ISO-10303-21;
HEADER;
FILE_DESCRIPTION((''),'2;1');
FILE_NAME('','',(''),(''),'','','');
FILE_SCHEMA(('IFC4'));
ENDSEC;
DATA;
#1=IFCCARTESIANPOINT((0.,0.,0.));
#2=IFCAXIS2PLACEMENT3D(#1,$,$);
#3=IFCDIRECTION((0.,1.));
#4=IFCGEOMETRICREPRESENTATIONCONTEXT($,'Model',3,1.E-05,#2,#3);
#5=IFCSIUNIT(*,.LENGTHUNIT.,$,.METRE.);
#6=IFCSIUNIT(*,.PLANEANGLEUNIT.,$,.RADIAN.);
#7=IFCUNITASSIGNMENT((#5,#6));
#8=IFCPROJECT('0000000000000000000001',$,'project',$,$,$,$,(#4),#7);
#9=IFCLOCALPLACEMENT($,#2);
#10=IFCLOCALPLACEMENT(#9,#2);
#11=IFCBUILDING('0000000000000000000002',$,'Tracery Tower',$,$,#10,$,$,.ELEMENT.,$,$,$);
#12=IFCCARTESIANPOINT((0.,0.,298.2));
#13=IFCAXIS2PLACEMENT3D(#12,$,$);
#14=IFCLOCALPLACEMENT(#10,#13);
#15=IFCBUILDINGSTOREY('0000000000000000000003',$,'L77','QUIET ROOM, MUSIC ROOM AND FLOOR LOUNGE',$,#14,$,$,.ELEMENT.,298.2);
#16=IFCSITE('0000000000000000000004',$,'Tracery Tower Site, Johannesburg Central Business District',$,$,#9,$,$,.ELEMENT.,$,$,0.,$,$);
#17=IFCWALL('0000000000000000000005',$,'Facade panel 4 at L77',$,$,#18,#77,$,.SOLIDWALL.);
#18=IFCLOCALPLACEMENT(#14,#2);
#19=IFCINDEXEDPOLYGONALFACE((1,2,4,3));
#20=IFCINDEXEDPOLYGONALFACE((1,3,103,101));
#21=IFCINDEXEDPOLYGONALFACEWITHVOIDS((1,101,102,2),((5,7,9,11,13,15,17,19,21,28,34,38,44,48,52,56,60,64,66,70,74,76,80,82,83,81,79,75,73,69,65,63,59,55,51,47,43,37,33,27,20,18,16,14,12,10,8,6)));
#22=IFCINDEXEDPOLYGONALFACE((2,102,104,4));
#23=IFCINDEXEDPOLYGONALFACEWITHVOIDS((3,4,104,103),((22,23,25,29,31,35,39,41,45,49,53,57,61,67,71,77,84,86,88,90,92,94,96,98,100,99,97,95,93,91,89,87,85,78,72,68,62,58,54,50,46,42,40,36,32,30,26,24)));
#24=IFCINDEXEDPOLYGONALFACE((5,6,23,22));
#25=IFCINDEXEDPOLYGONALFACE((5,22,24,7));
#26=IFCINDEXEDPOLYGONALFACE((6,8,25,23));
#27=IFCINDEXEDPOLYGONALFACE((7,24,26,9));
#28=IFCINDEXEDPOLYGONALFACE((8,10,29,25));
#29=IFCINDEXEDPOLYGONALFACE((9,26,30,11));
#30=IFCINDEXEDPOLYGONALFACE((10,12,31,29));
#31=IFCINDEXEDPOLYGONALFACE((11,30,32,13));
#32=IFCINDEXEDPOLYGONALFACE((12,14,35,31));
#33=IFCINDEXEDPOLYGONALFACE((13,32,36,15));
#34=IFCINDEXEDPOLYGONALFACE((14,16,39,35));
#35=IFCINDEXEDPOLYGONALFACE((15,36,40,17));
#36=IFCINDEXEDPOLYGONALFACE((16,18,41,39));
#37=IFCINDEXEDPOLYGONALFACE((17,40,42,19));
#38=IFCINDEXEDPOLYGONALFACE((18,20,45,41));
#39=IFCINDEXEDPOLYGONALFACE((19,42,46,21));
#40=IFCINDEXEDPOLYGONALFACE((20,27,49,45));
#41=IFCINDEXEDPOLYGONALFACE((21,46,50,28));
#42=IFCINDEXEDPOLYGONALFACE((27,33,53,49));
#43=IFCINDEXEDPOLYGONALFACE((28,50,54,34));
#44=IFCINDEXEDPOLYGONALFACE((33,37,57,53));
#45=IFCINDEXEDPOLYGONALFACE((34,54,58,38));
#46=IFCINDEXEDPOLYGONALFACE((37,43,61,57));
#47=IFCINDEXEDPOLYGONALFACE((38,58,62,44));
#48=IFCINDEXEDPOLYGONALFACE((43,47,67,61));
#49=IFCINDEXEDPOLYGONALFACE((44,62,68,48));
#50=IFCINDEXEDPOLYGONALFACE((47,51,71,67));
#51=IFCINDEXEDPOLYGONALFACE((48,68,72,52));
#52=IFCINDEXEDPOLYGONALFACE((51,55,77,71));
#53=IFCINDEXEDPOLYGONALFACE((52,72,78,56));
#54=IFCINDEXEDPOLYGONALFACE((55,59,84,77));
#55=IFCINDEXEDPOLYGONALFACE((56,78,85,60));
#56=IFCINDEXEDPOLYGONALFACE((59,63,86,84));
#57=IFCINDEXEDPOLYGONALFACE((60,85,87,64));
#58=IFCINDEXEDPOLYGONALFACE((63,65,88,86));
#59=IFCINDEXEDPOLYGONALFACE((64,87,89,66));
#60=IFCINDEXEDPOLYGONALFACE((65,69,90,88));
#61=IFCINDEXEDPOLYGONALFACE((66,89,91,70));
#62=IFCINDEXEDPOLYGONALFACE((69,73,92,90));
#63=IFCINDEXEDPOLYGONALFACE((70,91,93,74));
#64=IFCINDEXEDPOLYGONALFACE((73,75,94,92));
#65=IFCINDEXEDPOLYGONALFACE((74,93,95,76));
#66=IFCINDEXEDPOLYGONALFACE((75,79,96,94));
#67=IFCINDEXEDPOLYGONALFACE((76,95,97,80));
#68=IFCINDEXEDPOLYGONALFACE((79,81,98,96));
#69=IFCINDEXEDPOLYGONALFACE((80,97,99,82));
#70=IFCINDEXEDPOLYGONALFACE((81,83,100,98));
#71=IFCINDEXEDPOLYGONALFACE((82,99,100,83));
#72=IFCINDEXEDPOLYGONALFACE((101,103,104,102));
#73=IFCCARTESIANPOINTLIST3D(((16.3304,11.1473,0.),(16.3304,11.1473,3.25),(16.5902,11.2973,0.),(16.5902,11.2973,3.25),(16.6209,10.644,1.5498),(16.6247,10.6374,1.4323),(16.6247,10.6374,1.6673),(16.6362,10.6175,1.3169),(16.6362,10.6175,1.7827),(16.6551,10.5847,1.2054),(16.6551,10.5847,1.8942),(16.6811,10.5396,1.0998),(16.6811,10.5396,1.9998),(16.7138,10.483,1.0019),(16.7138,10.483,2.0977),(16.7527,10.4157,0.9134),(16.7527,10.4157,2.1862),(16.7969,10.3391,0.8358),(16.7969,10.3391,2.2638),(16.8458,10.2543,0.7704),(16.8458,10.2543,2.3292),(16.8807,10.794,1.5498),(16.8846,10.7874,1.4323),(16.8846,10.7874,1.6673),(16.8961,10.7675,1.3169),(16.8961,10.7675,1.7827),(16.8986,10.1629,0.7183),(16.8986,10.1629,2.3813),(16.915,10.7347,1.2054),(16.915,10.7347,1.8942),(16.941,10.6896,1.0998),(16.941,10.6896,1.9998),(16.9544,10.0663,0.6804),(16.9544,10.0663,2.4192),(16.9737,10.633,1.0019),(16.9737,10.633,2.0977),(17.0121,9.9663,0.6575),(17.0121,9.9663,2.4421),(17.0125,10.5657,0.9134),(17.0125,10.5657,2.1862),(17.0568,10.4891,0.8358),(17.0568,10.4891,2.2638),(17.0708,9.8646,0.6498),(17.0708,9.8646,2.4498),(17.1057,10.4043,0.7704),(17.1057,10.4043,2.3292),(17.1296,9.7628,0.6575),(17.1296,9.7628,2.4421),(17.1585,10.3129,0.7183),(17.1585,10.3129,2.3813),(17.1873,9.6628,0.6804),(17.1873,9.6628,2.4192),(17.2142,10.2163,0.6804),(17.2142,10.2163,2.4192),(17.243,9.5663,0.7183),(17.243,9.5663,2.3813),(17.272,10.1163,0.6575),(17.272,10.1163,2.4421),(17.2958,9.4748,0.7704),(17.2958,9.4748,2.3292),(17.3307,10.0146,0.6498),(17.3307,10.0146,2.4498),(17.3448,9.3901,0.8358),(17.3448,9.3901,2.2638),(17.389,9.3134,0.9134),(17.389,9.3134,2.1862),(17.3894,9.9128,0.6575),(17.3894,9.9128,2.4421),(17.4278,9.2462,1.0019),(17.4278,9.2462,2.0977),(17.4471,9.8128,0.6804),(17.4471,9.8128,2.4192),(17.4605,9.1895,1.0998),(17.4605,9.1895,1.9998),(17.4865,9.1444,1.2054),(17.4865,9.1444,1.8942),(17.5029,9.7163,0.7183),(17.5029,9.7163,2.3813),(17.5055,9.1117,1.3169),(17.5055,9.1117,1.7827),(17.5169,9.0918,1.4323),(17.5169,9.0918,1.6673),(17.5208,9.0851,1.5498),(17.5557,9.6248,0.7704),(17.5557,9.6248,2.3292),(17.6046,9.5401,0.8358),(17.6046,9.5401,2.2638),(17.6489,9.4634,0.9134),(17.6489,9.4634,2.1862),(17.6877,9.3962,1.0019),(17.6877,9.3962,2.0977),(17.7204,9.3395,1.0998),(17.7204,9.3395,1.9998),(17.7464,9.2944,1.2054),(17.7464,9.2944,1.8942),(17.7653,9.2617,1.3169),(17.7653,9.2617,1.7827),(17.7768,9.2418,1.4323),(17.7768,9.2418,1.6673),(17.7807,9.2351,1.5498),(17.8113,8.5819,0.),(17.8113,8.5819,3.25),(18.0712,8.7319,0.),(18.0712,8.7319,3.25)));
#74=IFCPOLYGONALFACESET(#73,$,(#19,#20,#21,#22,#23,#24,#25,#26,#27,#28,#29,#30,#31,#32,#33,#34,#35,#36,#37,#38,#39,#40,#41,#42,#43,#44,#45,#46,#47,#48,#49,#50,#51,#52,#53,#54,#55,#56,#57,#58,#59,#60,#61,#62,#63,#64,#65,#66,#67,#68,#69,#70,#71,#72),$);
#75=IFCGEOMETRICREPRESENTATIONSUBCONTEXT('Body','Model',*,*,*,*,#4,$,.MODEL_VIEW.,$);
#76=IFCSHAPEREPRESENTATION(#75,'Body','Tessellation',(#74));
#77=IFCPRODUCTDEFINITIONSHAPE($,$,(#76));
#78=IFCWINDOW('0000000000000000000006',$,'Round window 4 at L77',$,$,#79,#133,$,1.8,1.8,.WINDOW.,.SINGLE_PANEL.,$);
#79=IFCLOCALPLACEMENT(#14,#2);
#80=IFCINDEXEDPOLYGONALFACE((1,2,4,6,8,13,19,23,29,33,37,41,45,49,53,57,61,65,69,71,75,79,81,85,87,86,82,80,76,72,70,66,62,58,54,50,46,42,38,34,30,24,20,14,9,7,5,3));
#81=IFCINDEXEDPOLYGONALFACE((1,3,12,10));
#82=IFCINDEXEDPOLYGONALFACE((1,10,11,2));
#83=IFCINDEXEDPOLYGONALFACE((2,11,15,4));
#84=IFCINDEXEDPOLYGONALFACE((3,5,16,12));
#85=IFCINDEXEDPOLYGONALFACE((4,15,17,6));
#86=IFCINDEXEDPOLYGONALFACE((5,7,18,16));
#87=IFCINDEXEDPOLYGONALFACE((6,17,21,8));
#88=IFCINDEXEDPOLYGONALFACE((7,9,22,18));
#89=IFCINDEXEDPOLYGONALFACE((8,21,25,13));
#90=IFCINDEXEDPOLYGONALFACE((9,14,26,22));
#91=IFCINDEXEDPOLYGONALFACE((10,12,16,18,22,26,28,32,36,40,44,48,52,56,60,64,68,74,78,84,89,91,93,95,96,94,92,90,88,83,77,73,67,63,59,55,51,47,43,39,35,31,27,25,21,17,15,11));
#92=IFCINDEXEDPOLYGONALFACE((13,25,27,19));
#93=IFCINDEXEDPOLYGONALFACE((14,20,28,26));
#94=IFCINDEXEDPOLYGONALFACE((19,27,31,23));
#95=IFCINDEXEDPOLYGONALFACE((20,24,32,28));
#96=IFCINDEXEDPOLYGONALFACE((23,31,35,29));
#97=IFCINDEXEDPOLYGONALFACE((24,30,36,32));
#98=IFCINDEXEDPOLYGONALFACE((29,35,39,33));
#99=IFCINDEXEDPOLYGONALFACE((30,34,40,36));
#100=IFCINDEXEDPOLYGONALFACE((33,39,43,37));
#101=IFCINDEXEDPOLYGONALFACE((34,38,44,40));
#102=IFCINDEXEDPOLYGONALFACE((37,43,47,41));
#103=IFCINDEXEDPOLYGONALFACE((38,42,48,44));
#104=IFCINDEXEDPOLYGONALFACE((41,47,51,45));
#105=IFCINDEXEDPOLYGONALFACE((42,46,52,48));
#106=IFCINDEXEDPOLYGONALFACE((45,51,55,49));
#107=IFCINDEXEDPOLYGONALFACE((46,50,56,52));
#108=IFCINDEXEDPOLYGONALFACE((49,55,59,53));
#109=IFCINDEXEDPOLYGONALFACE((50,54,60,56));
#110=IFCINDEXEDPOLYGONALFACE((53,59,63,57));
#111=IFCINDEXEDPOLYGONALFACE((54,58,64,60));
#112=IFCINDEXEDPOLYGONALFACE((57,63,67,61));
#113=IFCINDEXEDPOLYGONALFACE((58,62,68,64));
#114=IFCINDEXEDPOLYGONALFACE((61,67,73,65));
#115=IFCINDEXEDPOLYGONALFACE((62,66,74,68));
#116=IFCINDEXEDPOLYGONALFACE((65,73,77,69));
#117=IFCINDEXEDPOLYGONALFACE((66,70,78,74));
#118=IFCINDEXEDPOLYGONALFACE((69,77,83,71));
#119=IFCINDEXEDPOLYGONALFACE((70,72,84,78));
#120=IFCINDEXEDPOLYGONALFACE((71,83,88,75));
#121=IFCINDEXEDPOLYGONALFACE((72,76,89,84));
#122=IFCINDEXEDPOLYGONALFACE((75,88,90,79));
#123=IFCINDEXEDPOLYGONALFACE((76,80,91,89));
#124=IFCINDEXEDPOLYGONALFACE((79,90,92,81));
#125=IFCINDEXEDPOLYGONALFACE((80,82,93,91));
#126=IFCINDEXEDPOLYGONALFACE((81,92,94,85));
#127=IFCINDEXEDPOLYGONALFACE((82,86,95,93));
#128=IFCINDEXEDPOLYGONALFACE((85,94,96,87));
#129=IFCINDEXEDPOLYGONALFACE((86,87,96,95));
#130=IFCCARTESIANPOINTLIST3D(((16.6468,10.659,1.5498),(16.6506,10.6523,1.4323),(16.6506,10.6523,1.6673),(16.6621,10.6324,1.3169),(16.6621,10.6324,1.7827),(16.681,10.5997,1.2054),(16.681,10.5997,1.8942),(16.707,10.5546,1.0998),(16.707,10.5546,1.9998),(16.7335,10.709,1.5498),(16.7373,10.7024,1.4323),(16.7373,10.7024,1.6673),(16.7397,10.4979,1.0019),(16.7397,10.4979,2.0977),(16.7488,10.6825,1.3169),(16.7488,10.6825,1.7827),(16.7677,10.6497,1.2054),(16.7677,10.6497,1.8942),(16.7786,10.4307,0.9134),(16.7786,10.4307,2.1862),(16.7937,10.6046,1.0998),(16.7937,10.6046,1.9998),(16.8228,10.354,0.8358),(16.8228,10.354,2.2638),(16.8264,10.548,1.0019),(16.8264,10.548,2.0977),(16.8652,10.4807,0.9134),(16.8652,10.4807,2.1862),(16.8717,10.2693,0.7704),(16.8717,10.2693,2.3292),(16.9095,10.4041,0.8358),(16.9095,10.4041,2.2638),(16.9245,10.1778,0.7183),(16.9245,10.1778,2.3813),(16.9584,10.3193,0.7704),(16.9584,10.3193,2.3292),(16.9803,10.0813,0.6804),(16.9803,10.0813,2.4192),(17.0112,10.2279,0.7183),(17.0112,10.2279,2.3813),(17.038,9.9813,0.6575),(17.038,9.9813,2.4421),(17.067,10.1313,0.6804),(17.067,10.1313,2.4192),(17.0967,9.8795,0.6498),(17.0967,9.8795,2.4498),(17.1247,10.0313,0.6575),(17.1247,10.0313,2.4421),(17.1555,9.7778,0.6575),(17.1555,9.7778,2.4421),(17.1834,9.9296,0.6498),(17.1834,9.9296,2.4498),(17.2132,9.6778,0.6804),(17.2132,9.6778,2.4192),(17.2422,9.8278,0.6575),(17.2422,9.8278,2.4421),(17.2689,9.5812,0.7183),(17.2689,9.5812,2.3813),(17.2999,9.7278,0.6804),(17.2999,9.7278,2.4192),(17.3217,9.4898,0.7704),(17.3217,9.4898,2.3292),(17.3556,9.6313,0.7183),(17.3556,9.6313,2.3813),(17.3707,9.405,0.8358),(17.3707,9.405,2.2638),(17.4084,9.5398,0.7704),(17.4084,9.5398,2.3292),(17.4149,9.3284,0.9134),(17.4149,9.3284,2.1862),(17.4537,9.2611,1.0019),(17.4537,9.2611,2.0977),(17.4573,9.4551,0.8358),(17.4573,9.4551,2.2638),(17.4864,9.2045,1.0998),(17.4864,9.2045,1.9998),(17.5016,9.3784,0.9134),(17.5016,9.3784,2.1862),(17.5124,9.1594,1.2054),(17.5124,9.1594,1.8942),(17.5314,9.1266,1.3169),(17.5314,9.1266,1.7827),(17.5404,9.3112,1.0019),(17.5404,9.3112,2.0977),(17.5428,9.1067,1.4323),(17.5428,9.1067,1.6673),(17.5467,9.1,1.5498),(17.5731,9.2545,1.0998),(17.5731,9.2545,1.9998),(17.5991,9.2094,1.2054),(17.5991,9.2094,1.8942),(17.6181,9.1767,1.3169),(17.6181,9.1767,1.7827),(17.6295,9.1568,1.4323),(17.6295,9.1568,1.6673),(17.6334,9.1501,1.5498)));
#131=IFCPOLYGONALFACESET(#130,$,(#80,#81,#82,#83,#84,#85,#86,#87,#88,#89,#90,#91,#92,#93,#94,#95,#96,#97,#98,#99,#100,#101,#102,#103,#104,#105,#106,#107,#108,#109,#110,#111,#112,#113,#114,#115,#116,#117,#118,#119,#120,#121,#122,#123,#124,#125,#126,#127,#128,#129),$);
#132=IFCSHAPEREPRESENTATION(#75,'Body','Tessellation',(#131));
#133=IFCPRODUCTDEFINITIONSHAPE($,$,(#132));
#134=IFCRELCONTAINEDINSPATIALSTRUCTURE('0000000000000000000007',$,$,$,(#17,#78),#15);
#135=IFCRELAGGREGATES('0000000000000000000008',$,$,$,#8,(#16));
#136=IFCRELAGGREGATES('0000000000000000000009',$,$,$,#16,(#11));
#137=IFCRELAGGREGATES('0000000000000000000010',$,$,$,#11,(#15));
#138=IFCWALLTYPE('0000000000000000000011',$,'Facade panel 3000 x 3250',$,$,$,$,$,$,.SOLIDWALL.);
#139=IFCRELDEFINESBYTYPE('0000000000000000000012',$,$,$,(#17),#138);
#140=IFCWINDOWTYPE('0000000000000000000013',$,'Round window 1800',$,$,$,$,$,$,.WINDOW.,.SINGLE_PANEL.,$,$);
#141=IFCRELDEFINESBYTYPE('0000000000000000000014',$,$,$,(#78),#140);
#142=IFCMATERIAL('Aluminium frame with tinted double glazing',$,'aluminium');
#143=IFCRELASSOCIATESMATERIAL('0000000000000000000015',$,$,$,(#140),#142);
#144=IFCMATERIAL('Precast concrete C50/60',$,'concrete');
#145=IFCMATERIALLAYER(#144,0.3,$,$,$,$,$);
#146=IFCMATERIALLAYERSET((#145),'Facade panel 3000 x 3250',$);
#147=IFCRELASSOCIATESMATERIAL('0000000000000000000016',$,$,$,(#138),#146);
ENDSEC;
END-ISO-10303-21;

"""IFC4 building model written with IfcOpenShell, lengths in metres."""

from ifc_helpers import new_model, si_unit, direction, frame, frame_2d, origin, origin_2d, place, context, subcontext, project, spatial, rectangle, circle, extrude, material, layer, layer_set, type_object, element, fill, save


model = new_model("IFC4")

# Units and contexts
model_context = context("Model", 3, precision=1e-05, world=origin(), true_north=direction((0.0, 1.0)))
body_context = subcontext(model_context, "Body", "Model", "MODEL_VIEW")
ifc_project = project(units=[si_unit("LENGTHUNIT", "METRE"), si_unit("PLANEANGLEUNIT", "RADIAN")], contexts=[model_context])

# Site, building, storey
site_placement = place(None, origin())
site = spatial("IfcSite", under=ifc_project, at=site_placement, Name="Tracery Tower Site, Johannesburg Central Business District", CompositionType="ELEMENT", RefElevation=0.0)
building_placement = place(site_placement, origin())
building = spatial("IfcBuilding", under=site, at=building_placement, Name="Tracery Tower", CompositionType="ELEMENT")
storey_placement = place(building_placement, frame((0.0, 0.0, 298.2)))
storey = spatial("IfcBuildingStorey", under=building, at=storey_placement, Name="L77", Description="QUIET ROOM, MUSIC ROOM AND FLOOR LOUNGE", CompositionType="ELEMENT", Elevation=298.2)

# Wall, opening, window
ifc_material_1 = material(Name="Aluminium frame with tinted double glazing", Category="aluminium")
window_type = type_object("IfcWindowType", Name="Round window 1800", PartitioningType="SINGLE_PANEL", PredefinedType="WINDOW", material=ifc_material_1)
ifc_material_2 = material(Name="Precast concrete C50/60", Category="concrete")
ifc_layer_1 = layer(ifc_material_2, 0.3)
ifc_layer_set_1 = layer_set([ifc_layer_1], Name="Facade panel 3000 x 3250")
wall_type_1 = type_object("IfcWallType", Name="Facade panel 3000 x 3250", PredefinedType="SOLIDWALL", material=ifc_layer_set_1)
wall_1_placement = place(storey_placement, frame((17.9412, 8.657, 0.0), z_axis=(0.0, 0.0, 1.0), x_axis=(-0.499951, 0.866054, 0.0)))
wall_1 = element("IfcWall", 1, at=wall_1_placement, inside=storey, type_object=wall_type_1, Name="Facade panel 4 at L77", PredefinedType="SOLIDWALL", context=body_context, shape_type="SweptSolid", body=[
    extrude(rectangle(XDim=2.9622, YDim=0.3, at=frame_2d((1.481, 0.0))), origin(), (0.0, 0.0, 1.0), 3.25),
])
opening_1_placement = place(wall_1_placement, frame((1.481, 0.0, 1.5498)))
opening_1 = element("IfcOpeningElement", 2, at=opening_1_placement, cuts=wall_1, PredefinedType="OPENING", context=body_context, shape_type="SweptSolid", body=[
    extrude(circle(Radius=0.9, at=origin_2d()), frame((0.0, 0.1599, 0.0), z_axis=(0.0, -1.0, 0.0), x_axis=(1.0, 0.0, 0.0)), (0.0, 0.0, 1.0), 0.3201),
])
window_1_placement = place(opening_1_placement, origin())
window_1 = element("IfcWindow", 3, at=window_1_placement, inside=storey, type_object=window_type, Name="Round window 4 at L77", OverallHeight=1.8, OverallWidth=1.8, PartitioningType="SINGLE_PANEL", PredefinedType="WINDOW", context=body_context, shape_type="SweptSolid", body=[
    extrude(circle(Radius=0.9, at=origin_2d()), frame((0.0, 0.1201, 0.0), z_axis=(0.0, -1.0, 0.0), x_axis=(1.0, 0.0, 0.0)), (0.0, 0.0, 1.0), 0.1001),
])
fill(opening_1, window_1)

save(model, "model.ifc")
